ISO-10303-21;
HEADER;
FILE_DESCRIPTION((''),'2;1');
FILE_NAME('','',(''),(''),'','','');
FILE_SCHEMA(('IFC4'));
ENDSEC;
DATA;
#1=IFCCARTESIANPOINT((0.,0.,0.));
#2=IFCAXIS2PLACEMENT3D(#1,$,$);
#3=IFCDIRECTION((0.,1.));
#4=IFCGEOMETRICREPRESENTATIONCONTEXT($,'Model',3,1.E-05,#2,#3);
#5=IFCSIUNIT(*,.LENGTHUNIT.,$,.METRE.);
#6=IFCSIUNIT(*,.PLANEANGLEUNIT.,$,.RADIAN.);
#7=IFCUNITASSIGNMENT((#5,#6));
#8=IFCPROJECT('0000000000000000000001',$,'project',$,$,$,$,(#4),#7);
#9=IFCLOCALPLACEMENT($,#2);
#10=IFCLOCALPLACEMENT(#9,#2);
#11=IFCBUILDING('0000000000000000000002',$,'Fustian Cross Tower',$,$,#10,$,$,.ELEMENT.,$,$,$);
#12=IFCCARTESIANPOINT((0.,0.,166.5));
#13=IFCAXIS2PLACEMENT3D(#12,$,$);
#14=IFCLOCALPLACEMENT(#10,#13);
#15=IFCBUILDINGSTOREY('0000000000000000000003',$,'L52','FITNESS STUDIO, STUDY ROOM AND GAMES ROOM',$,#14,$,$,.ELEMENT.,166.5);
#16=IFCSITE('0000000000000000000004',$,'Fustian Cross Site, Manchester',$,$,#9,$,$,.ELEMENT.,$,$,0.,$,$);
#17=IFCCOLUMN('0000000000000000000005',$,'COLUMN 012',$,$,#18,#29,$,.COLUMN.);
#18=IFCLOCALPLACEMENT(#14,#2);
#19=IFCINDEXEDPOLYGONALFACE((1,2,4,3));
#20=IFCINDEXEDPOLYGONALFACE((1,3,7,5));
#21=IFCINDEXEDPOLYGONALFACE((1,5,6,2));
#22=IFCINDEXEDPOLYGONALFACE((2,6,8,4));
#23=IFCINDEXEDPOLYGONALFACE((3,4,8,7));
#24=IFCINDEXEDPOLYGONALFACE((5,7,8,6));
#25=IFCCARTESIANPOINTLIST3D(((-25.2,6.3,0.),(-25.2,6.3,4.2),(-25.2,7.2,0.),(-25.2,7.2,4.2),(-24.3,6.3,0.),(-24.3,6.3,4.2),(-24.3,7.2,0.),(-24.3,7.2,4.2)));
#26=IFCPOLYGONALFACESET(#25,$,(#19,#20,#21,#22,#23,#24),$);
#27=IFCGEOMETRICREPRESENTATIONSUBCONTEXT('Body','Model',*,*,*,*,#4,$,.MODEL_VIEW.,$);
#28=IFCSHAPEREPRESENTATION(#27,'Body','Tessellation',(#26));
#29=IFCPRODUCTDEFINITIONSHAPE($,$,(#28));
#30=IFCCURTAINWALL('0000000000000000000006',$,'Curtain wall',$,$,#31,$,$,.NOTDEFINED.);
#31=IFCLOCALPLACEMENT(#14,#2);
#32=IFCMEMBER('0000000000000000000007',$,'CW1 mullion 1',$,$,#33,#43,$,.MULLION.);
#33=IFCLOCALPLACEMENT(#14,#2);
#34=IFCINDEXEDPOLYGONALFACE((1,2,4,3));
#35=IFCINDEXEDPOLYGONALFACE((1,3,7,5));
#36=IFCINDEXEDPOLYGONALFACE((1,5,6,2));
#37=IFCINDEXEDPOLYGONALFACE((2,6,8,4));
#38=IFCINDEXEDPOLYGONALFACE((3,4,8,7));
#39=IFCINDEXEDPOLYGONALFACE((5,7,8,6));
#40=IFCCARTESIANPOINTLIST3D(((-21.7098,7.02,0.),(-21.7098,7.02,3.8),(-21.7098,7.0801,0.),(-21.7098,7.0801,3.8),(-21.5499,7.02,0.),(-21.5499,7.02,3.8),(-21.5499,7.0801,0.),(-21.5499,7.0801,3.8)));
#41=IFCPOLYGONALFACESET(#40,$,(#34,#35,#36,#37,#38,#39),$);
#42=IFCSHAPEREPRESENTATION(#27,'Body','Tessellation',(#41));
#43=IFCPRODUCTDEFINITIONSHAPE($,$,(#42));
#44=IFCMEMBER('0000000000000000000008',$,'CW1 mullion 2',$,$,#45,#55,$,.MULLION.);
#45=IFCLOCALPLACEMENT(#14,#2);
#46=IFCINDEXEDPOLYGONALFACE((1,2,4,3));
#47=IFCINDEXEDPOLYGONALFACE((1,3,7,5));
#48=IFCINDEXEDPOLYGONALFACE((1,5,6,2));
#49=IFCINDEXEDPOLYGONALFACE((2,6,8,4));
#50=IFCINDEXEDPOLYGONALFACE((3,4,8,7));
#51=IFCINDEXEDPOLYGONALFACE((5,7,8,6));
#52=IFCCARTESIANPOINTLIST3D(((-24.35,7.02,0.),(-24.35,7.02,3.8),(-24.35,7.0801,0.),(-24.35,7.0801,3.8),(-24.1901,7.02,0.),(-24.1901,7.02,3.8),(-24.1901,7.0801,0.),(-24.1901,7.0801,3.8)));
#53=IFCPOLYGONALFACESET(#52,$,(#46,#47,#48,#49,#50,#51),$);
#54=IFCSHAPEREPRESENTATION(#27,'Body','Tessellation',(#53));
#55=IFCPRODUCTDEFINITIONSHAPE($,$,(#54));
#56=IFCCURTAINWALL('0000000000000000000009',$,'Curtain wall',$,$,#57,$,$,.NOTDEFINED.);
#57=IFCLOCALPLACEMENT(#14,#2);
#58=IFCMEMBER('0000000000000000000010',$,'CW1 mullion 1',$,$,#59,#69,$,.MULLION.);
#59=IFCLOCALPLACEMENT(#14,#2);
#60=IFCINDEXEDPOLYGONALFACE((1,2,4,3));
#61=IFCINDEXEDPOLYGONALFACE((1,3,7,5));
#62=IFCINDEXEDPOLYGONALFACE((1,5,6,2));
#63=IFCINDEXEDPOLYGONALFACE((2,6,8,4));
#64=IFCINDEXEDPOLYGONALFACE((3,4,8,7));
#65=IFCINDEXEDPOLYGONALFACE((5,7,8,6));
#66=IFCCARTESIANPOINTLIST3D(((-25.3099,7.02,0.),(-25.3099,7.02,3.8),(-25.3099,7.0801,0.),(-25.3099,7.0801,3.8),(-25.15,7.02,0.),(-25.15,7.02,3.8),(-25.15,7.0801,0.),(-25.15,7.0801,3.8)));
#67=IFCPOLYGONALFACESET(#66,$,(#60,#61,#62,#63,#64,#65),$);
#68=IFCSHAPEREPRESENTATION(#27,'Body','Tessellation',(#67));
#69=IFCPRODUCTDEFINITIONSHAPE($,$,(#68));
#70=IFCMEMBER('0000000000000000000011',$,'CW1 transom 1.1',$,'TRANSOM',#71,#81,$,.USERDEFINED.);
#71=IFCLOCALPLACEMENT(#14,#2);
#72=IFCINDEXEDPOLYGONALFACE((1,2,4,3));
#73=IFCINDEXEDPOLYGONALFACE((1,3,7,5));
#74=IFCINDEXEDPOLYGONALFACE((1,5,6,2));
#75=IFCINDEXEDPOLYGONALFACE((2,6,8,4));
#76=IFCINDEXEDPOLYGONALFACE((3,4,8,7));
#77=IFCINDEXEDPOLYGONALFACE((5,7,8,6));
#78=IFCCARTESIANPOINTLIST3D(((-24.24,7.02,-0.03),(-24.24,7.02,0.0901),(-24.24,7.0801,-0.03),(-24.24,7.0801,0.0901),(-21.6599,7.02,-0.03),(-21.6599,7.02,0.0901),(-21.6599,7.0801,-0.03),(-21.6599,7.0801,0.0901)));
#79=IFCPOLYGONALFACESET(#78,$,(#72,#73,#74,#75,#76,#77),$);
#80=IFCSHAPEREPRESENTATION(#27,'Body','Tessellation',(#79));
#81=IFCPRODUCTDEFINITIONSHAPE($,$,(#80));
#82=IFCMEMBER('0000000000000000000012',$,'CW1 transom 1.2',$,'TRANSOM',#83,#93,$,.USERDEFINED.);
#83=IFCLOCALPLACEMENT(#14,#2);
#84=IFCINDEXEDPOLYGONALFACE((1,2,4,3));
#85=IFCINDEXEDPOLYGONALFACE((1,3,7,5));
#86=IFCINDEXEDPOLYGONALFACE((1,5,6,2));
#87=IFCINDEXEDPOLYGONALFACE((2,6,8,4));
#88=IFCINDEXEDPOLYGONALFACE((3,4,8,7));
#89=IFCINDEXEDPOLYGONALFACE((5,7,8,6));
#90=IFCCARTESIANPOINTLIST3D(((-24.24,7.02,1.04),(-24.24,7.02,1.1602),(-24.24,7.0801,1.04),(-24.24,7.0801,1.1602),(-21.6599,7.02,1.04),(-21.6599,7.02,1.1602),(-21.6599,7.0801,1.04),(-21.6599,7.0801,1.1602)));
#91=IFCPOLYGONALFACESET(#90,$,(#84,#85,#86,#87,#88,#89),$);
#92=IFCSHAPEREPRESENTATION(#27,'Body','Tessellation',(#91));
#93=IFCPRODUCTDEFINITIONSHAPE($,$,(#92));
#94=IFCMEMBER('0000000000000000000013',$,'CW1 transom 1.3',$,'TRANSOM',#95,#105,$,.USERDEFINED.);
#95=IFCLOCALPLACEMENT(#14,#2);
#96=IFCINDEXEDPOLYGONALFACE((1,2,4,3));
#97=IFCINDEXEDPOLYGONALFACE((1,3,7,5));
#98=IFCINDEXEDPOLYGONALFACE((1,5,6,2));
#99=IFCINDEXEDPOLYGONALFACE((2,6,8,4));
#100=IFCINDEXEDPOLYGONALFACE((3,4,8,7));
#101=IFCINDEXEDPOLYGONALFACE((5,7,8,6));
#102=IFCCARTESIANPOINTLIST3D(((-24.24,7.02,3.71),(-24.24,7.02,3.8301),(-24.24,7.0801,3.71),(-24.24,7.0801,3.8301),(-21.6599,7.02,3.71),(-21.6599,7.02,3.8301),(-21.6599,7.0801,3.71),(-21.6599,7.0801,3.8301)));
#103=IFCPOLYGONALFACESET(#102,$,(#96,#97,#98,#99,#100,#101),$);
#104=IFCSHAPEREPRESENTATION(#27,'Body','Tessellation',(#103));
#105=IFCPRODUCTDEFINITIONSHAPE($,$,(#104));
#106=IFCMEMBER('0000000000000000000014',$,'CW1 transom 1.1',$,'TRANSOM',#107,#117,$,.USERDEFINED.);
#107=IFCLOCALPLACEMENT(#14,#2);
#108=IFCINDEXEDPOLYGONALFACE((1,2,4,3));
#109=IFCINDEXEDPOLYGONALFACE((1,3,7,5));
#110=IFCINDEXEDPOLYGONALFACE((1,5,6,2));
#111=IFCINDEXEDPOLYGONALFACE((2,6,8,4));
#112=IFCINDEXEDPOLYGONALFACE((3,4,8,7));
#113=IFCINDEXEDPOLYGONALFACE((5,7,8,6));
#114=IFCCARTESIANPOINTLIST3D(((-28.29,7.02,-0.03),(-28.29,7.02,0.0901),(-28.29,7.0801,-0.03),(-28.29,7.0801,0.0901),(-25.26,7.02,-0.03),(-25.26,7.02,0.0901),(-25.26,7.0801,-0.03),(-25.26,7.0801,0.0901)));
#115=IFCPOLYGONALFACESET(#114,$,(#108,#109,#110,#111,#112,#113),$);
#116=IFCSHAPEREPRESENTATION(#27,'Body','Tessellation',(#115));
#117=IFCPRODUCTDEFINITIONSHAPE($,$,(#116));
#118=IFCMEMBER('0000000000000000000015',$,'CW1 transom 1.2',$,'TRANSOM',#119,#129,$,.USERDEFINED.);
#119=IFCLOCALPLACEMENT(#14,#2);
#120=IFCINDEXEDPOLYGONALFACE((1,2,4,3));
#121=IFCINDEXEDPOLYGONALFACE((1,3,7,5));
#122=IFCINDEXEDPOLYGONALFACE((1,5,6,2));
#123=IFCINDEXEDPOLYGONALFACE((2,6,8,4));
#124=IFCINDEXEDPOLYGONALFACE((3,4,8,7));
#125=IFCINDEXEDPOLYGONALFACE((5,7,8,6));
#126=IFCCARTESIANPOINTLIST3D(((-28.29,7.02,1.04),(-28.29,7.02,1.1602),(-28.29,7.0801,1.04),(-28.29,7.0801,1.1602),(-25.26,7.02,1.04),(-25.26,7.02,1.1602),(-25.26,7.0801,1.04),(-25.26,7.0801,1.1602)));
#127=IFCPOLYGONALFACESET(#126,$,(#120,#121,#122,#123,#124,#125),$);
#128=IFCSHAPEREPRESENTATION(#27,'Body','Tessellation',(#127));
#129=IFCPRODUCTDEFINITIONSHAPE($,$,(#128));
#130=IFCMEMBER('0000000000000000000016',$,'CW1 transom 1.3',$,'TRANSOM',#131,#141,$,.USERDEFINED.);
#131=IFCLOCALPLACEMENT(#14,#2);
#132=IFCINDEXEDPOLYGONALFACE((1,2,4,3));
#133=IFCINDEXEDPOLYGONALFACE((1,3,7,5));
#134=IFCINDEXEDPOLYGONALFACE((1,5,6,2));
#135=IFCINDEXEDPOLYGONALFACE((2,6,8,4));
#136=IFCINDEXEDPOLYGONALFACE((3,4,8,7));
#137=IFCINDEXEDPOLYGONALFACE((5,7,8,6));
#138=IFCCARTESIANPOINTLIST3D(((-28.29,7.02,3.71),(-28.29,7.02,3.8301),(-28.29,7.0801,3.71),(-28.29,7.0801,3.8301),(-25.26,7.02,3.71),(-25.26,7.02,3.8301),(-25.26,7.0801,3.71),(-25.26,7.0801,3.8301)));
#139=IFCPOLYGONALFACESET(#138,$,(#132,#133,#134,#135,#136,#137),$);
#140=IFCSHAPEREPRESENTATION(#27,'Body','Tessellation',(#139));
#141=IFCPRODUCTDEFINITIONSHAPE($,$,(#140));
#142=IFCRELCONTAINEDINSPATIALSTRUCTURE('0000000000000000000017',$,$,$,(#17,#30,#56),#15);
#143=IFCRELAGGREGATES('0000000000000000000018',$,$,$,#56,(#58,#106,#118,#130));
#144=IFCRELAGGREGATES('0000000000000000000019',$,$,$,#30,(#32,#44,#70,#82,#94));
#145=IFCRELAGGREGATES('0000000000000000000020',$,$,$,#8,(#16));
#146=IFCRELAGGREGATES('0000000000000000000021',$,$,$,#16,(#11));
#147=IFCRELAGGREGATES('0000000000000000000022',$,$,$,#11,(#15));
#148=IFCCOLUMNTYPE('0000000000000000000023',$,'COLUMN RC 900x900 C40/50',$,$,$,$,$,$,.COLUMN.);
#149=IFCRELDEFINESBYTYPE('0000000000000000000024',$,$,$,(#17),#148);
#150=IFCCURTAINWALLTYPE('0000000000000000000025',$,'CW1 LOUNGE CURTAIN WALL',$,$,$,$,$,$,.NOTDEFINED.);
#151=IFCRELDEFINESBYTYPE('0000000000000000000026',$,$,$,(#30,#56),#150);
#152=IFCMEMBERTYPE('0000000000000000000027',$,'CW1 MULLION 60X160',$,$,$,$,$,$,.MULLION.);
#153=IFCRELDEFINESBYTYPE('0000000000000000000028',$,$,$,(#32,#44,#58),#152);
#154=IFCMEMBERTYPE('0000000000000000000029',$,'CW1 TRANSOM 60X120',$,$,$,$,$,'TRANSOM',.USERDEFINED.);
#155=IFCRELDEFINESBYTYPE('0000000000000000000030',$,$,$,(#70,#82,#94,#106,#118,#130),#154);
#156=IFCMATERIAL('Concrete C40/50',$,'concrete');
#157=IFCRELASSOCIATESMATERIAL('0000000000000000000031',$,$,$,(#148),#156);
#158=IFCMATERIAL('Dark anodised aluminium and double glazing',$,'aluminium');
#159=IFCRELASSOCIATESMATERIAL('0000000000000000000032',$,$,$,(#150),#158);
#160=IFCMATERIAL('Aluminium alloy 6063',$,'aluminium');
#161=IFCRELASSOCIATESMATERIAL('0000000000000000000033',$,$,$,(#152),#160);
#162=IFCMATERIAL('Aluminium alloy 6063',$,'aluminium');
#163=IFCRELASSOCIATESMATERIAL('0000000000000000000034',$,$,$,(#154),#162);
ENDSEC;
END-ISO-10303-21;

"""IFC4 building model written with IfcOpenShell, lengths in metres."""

from ifc_helpers import new_model, si_unit, direction, frame, origin, origin_2d, place, context, subcontext, project, spatial, rectangle, extrude, material, material_profile, profile_set, type_object, element, aggregate, save


model = new_model("IFC4")

# Units and contexts
model_context = context("Model", 3, precision=1e-05, world=origin(), true_north=direction((0.0, 1.0)))
body_context = subcontext(model_context, "Body", "Model", "MODEL_VIEW")
ifc_project = project(units=[si_unit("LENGTHUNIT", "METRE"), si_unit("PLANEANGLEUNIT", "RADIAN")], contexts=[model_context])

# Site, building, storey
site_placement = place(None, origin())
site = spatial("IfcSite", under=ifc_project, at=site_placement, Name="Fustian Cross Site, Manchester", CompositionType="ELEMENT", RefElevation=0.0)
building_placement = place(site_placement, origin())
building = spatial("IfcBuilding", under=site, at=building_placement, Name="Fustian Cross Tower", CompositionType="ELEMENT")
storey_placement = place(building_placement, frame((0.0, 0.0, 166.5)))
storey = spatial("IfcBuildingStorey", under=building, at=storey_placement, Name="L52", Description="FITNESS STUDIO, STUDY ROOM AND GAMES ROOM", CompositionType="ELEMENT", Elevation=166.5)

# Column
ifc_material_1 = material(Name="Concrete C40/50", Category="concrete")
ifc_material_profile_1 = material_profile(ifc_material_1, rectangle(XDim=0.8999, YDim=0.8999, at=origin_2d()), Name="RC 900x900")
ifc_profile_set_1 = profile_set([ifc_material_profile_1], Name="Concrete C40/50")
column_type = type_object("IfcColumnType", Name="COLUMN RC 900x900 C40/50", PredefinedType="COLUMN", material=ifc_profile_set_1)
column_placement = place(storey_placement, frame((-24.75, 6.75, 0.0), z_axis=(0.0, 0.0, 1.0), x_axis=(1.0, 0.0, 0.0)))
element("IfcColumn", 1, at=column_placement, inside=storey, type_object=column_type, Name="COLUMN 012", PredefinedType="COLUMN", context=body_context, shape_type="SweptSolid", body=[
    extrude(rectangle(XDim=0.8999, YDim=0.8999, at=origin_2d()), origin(), (0.0, 0.0, 1.0), 4.2),
])

# Curtain wall, members
ifc_material_2 = material(Name="Dark anodised aluminium and double glazing", Category="aluminium")
curtain_wall_type = type_object("IfcCurtainWallType", Name="CW1 LOUNGE CURTAIN WALL", PredefinedType="NOTDEFINED", material=ifc_material_2)
curtain_wall_1_placement = place(storey_placement, origin())
curtain_wall_1 = element("IfcCurtainWall", 2, at=curtain_wall_1_placement, inside=storey, type_object=curtain_wall_type, Name="Curtain wall", PredefinedType="NOTDEFINED")
ifc_material_3 = material(Name="Aluminium alloy 6063", Category="aluminium")
ifc_material_profile_2 = material_profile(ifc_material_3, rectangle(XDim=0.0601, YDim=0.1599, at=origin_2d()), Name="CW1 MULLION 60X160")
ifc_profile_set_2 = profile_set([ifc_material_profile_2], Name="Aluminium alloy 6063")
member_type_1 = type_object("IfcMemberType", Name="CW1 MULLION 60X160", PredefinedType="MULLION", material=ifc_profile_set_2)
member_1_placement = place(storey_placement, frame((-21.6299, 7.05, 0.0), z_axis=(0.0, 0.0, 1.0), x_axis=(0.0, -1.0, 0.0)))
member_1 = element("IfcMember", 3, at=member_1_placement, type_object=member_type_1, Name="CW1 mullion 1", PredefinedType="MULLION", context=body_context, shape_type="SweptSolid", body=[
    extrude(rectangle(XDim=0.0601, YDim=0.1599, at=origin_2d()), origin(), (0.0, 0.0, 1.0), 3.8),
])
member_2_placement = place(storey_placement, frame((-24.27, 7.05, 0.0), z_axis=(0.0, 0.0, 1.0), x_axis=(0.0, -1.0, 0.0)))
member_2 = element("IfcMember", 4, at=member_2_placement, type_object=member_type_1, Name="CW1 mullion 2", PredefinedType="MULLION", context=body_context, shape_type="SweptSolid", body=[
    extrude(rectangle(XDim=0.0601, YDim=0.1599, at=origin_2d()), origin(), (0.0, 0.0, 1.0), 3.8),
])

# Curtain wall, member
curtain_wall_2_placement = place(storey_placement, origin())
curtain_wall_2 = element("IfcCurtainWall", 5, at=curtain_wall_2_placement, inside=storey, type_object=curtain_wall_type, Name="Curtain wall", PredefinedType="NOTDEFINED")
member_3_placement = place(storey_placement, frame((-25.23, 7.05, 0.0), z_axis=(0.0, 0.0, 1.0), x_axis=(0.0, -1.0, 0.0)))
member_3 = element("IfcMember", 6, at=member_3_placement, type_object=member_type_1, Name="CW1 mullion 1", PredefinedType="MULLION", context=body_context, shape_type="SweptSolid", body=[
    extrude(rectangle(XDim=0.0601, YDim=0.1599, at=origin_2d()), origin(), (0.0, 0.0, 1.0), 3.8),
])

# Members
ifc_material_4 = material(Name="Aluminium alloy 6063", Category="aluminium")
ifc_material_profile_3 = material_profile(ifc_material_4, rectangle(XDim=0.0601, YDim=0.1201, at=origin_2d()), Name="CW1 TRANSOM 60X120")
ifc_profile_set_3 = profile_set([ifc_material_profile_3], Name="Aluminium alloy 6063")
member_type_2 = type_object("IfcMemberType", Name="CW1 TRANSOM 60X120", ElementType="TRANSOM", PredefinedType="USERDEFINED", material=ifc_profile_set_3)
member_4_placement = place(storey_placement, frame((-21.6599, 7.05, 0.03), z_axis=(-1.0, 0.0, 0.0), x_axis=(0.0, -1.0, 0.0)))
member_4 = element("IfcMember", 7, at=member_4_placement, type_object=member_type_2, Name="CW1 transom 1.1", ObjectType="TRANSOM", PredefinedType="USERDEFINED", context=body_context, shape_type="SweptSolid", body=[
    extrude(rectangle(XDim=0.0601, YDim=0.1201, at=origin_2d()), origin(), (0.0, 0.0, 1.0), 2.5801),
])
member_5_placement = place(storey_placement, frame((-21.6599, 7.05, 1.1001), z_axis=(-1.0, 0.0, 0.0), x_axis=(0.0, -1.0, 0.0)))
member_5 = element("IfcMember", 8, at=member_5_placement, type_object=member_type_2, Name="CW1 transom 1.2", ObjectType="TRANSOM", PredefinedType="USERDEFINED", context=body_context, shape_type="SweptSolid", body=[
    extrude(rectangle(XDim=0.0601, YDim=0.1201, at=origin_2d()), origin(), (0.0, 0.0, 1.0), 2.5801),
])
member_6_placement = place(storey_placement, frame((-21.6599, 7.05, 3.77), z_axis=(-1.0, 0.0, 0.0), x_axis=(0.0, -1.0, 0.0)))
member_6 = element("IfcMember", 9, at=member_6_placement, type_object=member_type_2, Name="CW1 transom 1.3", ObjectType="TRANSOM", PredefinedType="USERDEFINED", context=body_context, shape_type="SweptSolid", body=[
    extrude(rectangle(XDim=0.0601, YDim=0.1201, at=origin_2d()), origin(), (0.0, 0.0, 1.0), 2.5801),
])
member_7_placement = place(storey_placement, frame((-25.26, 7.05, 0.03), z_axis=(-1.0, 0.0, 0.0), x_axis=(0.0, -1.0, 0.0)))
member_7 = element("IfcMember", 10, at=member_7_placement, type_object=member_type_2, Name="CW1 transom 1.1", ObjectType="TRANSOM", PredefinedType="USERDEFINED", context=body_context, shape_type="SweptSolid", body=[
    extrude(rectangle(XDim=0.0601, YDim=0.1201, at=origin_2d()), origin(), (0.0, 0.0, 1.0), 3.03),
])
member_8_placement = place(storey_placement, frame((-25.26, 7.05, 1.1001), z_axis=(-1.0, 0.0, 0.0), x_axis=(0.0, -1.0, 0.0)))
member_8 = element("IfcMember", 11, at=member_8_placement, type_object=member_type_2, Name="CW1 transom 1.2", ObjectType="TRANSOM", PredefinedType="USERDEFINED", context=body_context, shape_type="SweptSolid", body=[
    extrude(rectangle(XDim=0.0601, YDim=0.1201, at=origin_2d()), origin(), (0.0, 0.0, 1.0), 3.03),
])
member_9_placement = place(storey_placement, frame((-25.26, 7.05, 3.77), z_axis=(-1.0, 0.0, 0.0), x_axis=(0.0, -1.0, 0.0)))
member_9 = element("IfcMember", 12, at=member_9_placement, type_object=member_type_2, Name="CW1 transom 1.3", ObjectType="TRANSOM", PredefinedType="USERDEFINED", context=body_context, shape_type="SweptSolid", body=[
    extrude(rectangle(XDim=0.0601, YDim=0.1201, at=origin_2d()), origin(), (0.0, 0.0, 1.0), 3.03),
])
aggregate(curtain_wall_2, [member_3, member_7, member_8, member_9])

aggregate(curtain_wall_1, [member_1, member_2, member_4, member_5, member_6])

save(model, "model.ifc")
